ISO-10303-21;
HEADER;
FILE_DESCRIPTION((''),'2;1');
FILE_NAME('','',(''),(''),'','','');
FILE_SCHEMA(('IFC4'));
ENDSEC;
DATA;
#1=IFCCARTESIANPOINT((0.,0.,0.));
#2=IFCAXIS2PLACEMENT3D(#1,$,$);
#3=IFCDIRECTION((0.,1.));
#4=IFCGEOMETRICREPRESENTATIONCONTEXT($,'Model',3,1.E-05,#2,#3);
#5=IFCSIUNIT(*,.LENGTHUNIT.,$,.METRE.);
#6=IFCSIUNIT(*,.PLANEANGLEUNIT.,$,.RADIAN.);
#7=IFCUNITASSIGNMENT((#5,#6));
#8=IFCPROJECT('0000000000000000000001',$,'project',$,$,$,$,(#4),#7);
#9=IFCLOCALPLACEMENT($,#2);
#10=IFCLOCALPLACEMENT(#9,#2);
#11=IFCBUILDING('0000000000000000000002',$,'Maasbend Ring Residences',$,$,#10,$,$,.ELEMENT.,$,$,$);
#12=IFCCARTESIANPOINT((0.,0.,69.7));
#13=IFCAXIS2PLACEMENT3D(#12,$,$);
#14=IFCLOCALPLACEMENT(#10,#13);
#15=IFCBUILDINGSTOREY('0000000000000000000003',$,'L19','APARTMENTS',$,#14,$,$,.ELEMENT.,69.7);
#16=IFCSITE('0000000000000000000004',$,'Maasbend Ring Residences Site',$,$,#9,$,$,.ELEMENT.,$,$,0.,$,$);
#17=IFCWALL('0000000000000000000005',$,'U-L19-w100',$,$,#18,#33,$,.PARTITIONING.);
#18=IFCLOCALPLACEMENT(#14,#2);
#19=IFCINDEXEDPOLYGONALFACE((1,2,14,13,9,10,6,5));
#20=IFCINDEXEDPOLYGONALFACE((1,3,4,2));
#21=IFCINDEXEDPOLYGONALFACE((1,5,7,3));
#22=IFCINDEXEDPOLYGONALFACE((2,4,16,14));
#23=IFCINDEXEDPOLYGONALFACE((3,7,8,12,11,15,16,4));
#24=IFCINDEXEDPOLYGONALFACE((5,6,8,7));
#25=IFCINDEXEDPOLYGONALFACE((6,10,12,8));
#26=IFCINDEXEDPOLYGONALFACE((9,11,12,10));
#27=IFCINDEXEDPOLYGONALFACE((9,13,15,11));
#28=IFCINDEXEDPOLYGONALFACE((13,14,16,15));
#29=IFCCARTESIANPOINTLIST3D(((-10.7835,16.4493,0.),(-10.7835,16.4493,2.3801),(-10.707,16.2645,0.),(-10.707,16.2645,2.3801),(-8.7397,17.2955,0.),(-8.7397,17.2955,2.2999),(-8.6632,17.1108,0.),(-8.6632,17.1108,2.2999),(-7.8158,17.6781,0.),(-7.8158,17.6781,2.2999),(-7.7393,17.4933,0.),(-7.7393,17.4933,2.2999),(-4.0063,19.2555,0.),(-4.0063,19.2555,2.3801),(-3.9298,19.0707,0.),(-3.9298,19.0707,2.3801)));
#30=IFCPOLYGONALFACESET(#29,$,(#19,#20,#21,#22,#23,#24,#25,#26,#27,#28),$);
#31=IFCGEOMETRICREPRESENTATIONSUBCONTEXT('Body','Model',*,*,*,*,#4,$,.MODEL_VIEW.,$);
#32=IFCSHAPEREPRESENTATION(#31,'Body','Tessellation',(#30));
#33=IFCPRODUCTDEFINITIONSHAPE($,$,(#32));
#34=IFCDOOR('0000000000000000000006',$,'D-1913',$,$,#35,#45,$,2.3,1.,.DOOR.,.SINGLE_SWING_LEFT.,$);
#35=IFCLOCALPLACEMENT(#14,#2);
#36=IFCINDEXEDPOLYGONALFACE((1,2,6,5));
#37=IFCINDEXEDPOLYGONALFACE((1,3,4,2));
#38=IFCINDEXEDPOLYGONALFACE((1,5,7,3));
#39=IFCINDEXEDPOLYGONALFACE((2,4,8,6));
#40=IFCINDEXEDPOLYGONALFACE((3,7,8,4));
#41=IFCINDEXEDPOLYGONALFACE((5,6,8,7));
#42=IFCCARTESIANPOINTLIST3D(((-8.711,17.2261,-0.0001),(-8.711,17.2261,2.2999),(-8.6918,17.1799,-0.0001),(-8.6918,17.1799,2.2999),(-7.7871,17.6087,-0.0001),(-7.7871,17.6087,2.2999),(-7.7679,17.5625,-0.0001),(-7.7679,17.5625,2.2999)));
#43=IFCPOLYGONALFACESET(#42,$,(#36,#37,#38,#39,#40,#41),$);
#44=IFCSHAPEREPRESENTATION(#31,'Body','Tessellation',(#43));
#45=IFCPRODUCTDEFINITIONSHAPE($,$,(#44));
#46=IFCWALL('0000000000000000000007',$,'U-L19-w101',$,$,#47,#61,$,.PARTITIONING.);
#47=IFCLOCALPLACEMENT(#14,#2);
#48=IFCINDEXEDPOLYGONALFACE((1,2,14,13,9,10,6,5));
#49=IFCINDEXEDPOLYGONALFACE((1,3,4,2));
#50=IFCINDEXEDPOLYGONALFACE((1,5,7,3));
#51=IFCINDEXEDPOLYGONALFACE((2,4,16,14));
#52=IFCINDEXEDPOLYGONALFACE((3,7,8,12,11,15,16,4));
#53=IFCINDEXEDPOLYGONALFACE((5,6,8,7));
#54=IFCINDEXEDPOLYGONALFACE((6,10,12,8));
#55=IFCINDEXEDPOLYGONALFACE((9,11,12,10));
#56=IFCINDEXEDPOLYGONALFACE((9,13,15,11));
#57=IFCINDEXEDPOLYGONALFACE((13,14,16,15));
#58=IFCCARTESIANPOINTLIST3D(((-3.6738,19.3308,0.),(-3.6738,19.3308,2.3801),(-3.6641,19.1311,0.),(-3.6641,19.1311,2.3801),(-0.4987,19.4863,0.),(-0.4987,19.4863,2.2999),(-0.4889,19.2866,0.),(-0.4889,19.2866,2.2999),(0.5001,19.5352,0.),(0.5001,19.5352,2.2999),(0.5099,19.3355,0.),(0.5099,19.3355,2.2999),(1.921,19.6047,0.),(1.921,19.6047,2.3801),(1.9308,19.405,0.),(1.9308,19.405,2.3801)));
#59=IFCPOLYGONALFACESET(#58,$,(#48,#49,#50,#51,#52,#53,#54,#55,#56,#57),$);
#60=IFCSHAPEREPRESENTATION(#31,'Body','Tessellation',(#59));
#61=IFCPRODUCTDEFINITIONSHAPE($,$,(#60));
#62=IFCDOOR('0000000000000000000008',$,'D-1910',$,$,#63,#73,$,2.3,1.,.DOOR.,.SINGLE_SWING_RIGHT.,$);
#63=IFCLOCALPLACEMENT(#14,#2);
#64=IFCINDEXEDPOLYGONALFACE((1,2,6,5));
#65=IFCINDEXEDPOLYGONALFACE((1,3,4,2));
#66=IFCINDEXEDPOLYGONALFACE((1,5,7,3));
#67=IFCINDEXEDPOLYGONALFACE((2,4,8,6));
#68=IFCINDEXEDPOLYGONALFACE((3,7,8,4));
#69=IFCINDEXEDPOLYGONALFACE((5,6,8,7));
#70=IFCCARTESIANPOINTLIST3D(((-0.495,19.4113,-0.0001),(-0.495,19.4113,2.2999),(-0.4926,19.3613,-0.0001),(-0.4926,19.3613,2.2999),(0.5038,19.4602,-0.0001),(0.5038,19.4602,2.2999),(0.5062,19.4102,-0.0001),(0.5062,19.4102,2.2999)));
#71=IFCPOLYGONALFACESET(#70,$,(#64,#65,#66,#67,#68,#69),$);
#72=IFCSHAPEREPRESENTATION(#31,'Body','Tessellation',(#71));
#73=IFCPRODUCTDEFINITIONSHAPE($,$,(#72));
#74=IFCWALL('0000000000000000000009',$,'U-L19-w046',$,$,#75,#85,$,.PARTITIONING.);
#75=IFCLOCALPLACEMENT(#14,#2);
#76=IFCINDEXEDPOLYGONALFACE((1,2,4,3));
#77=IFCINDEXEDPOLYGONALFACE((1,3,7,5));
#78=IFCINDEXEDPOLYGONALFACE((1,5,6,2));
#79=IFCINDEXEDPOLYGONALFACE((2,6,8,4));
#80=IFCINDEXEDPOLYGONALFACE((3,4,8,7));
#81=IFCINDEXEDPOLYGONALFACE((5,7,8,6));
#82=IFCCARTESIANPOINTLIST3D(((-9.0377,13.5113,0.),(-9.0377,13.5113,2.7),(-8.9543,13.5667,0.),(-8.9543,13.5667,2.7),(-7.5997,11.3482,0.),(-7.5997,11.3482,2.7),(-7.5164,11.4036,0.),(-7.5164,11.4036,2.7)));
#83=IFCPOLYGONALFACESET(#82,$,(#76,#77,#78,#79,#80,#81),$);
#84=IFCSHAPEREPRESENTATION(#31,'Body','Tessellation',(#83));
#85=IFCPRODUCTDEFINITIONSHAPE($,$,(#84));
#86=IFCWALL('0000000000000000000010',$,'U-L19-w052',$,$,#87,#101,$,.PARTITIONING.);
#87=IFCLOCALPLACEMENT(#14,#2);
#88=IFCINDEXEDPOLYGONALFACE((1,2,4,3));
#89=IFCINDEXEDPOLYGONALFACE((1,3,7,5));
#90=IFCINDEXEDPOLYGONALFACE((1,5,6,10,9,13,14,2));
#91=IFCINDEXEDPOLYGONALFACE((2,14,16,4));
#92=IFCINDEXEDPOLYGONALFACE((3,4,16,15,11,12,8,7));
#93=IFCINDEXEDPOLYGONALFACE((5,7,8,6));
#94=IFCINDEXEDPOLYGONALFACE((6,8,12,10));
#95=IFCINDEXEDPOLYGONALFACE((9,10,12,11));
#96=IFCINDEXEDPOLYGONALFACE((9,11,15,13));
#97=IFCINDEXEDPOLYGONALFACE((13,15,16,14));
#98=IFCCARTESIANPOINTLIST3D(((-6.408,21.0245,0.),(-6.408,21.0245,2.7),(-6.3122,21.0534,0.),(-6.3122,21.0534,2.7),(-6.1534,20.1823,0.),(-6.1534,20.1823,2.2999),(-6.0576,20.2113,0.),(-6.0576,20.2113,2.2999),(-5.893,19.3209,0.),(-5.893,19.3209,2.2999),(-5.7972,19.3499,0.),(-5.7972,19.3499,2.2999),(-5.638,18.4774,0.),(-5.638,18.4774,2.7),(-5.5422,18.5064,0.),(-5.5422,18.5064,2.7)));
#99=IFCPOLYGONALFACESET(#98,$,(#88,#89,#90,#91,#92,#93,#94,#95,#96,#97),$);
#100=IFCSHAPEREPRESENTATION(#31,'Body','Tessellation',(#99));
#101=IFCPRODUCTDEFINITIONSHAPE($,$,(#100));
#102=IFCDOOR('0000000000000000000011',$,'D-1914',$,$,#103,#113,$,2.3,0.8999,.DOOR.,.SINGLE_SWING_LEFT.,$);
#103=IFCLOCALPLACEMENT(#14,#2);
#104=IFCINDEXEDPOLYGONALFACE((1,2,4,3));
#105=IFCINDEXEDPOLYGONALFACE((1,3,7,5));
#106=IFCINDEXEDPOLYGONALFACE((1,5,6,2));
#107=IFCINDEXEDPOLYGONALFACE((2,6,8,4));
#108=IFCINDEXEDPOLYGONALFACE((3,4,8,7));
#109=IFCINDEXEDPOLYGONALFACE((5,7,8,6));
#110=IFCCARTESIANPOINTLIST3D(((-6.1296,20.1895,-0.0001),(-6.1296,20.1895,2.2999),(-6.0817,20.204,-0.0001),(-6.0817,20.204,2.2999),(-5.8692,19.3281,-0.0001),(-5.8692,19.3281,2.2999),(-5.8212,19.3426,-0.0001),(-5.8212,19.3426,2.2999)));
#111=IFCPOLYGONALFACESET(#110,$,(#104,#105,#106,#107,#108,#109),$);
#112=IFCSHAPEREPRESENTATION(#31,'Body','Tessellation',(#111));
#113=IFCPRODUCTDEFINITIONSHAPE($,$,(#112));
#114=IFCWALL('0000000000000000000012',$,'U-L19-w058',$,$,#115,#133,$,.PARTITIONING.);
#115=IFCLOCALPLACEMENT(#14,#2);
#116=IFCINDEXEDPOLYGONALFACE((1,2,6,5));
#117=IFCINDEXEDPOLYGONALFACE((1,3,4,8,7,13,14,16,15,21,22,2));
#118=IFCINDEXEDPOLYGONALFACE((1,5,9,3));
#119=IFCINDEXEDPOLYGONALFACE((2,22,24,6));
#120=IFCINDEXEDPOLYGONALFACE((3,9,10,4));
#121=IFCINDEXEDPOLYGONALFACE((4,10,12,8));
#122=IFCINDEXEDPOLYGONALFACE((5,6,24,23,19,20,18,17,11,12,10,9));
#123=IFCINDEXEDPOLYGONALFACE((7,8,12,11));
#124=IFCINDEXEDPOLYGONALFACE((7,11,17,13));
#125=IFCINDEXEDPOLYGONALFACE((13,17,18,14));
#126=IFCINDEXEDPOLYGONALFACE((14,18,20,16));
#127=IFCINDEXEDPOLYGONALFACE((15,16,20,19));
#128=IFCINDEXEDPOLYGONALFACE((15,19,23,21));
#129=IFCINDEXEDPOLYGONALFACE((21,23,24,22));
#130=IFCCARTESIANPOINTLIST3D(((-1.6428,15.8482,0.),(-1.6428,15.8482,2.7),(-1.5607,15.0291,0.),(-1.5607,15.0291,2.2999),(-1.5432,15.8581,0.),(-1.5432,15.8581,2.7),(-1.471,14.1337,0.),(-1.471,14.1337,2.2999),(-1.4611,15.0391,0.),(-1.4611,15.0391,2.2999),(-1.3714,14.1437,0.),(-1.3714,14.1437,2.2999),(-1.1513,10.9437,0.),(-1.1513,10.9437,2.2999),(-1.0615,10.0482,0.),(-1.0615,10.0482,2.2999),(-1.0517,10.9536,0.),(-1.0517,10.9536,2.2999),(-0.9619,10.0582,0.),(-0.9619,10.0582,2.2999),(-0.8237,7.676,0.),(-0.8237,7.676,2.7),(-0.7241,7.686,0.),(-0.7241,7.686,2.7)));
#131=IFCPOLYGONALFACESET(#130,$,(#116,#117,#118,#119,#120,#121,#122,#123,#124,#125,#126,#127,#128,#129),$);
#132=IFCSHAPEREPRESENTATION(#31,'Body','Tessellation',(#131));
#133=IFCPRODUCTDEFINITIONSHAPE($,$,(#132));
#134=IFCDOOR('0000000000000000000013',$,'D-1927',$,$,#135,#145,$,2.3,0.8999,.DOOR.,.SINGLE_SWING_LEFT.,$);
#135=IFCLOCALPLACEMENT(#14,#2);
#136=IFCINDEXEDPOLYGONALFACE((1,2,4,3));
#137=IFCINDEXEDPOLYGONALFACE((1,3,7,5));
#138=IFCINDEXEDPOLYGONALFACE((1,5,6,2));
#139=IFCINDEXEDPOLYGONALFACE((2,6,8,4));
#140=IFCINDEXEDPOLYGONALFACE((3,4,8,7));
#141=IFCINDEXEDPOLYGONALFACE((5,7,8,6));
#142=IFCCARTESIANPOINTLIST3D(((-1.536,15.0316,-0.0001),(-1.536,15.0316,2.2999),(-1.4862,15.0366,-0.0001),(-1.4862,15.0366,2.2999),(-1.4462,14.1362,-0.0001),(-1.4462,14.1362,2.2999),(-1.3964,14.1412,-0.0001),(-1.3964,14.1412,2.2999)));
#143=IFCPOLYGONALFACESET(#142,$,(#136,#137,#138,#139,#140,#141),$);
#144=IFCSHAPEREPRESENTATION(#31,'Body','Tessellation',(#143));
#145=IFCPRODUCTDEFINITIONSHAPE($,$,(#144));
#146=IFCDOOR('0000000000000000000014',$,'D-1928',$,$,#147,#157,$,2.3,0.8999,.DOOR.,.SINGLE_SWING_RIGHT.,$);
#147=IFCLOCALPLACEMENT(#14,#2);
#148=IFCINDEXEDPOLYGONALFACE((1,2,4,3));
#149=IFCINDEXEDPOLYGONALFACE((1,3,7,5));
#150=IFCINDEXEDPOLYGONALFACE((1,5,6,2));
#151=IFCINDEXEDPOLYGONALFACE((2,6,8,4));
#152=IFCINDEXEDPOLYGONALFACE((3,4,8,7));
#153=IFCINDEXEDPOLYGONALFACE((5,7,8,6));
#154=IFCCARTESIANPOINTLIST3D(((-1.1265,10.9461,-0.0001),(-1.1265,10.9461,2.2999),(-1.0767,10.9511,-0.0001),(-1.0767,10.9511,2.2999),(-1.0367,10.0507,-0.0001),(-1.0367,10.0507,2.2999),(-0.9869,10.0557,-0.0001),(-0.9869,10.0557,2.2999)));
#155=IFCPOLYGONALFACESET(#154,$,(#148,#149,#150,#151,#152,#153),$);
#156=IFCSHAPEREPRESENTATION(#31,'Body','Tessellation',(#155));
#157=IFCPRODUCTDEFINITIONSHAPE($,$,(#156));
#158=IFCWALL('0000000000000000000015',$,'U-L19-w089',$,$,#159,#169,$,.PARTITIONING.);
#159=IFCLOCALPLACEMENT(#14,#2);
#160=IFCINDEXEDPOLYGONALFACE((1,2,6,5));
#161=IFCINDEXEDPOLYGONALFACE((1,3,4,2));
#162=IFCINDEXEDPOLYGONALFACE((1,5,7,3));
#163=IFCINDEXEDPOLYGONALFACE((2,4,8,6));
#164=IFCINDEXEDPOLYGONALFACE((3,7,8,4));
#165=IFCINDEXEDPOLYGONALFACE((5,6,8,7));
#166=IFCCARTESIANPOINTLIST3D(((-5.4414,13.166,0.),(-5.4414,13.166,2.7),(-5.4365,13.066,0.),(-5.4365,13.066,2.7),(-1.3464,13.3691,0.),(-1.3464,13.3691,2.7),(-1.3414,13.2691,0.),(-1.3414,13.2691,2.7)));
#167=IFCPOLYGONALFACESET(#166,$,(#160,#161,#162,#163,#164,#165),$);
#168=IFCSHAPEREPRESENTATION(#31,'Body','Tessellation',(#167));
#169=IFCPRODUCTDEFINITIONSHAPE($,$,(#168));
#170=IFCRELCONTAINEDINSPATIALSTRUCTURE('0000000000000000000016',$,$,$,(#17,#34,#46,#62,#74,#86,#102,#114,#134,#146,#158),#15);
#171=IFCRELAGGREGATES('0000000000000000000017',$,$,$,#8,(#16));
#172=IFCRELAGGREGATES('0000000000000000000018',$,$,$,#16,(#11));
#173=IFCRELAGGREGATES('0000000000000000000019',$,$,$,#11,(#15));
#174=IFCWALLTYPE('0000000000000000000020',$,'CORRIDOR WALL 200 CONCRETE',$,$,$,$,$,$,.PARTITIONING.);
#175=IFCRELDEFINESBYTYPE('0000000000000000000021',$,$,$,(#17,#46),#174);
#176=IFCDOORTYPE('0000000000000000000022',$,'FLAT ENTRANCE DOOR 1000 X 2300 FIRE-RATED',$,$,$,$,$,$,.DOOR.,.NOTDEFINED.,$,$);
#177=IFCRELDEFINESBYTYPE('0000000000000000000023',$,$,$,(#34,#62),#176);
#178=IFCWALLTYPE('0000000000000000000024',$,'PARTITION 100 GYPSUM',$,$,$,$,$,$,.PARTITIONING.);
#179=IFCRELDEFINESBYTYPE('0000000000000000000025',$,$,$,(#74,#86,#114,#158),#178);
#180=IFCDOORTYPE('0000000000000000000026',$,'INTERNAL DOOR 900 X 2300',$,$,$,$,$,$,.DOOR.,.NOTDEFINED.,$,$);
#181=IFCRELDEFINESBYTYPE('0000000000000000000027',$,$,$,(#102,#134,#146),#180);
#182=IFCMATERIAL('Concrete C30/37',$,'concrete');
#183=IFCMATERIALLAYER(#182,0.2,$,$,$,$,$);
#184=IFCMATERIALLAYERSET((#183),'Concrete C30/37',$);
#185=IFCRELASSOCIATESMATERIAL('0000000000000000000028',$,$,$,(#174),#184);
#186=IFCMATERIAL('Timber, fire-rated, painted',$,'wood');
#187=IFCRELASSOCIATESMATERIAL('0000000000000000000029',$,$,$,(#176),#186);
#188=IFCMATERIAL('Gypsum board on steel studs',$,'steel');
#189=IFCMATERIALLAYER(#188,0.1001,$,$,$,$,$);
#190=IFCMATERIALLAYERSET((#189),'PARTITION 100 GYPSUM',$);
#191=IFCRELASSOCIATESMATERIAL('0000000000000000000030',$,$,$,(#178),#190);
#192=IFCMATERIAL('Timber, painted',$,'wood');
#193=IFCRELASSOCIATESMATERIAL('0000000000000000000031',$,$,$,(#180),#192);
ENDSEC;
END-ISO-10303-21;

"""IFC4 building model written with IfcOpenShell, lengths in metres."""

from ifc_helpers import new_model, si_unit, direction, frame, frame_2d, origin, place, context, subcontext, project, spatial, rectangle, extrude, material, layer, layer_set, type_object, element, fill, save


model = new_model("IFC4")

# Units and contexts
model_context = context("Model", 3, precision=1e-05, world=origin(), true_north=direction((0.0, 1.0)))
body_context = subcontext(model_context, "Body", "Model", "MODEL_VIEW")
ifc_project = project(units=[si_unit("LENGTHUNIT", "METRE"), si_unit("PLANEANGLEUNIT", "RADIAN")], contexts=[model_context])

# Site, building, storey
site_placement = place(None, origin())
site = spatial("IfcSite", under=ifc_project, at=site_placement, Name="Maasbend Ring Residences Site", CompositionType="ELEMENT", RefElevation=0.0)
building_placement = place(site_placement, origin())
building = spatial("IfcBuilding", under=site, at=building_placement, Name="Maasbend Ring Residences", CompositionType="ELEMENT")
storey_placement = place(building_placement, frame((0.0, 0.0, 69.7)))
storey = spatial("IfcBuildingStorey", under=building, at=storey_placement, Name="L19", Description="APARTMENTS", CompositionType="ELEMENT", Elevation=69.7)

# Walls, openings, doors
ifc_material_1 = material(Name="Concrete C30/37", Category="concrete")
ifc_layer_1 = layer(ifc_material_1, 0.2)
ifc_layer_set_1 = layer_set([ifc_layer_1], Name="Concrete C30/37")
wall_type_1 = type_object("IfcWallType", Name="CORRIDOR WALL 200 CONCRETE", PredefinedType="PARTITIONING", material=ifc_layer_set_1)
ifc_material_2 = material(Name="Timber, fire-rated, painted", Category="wood")
door_type_1 = type_object("IfcDoorType", Name="FLAT ENTRANCE DOOR 1000 X 2300 FIRE-RATED", OperationType="NOTDEFINED", PredefinedType="DOOR", material=ifc_material_2)
wall_1_placement = place(storey_placement, frame((-10.7451, 16.3569, 0.0), z_axis=(0.0, 0.0, 1.0), x_axis=(0.923928, 0.382565, 0.0)))
wall_1 = element("IfcWall", 1, at=wall_1_placement, inside=storey, type_object=wall_type_1, Name="U-L19-w100", PredefinedType="PARTITIONING", context=body_context, shape_type="SweptSolid", body=[
    extrude(rectangle(XDim=7.3352, YDim=0.2, at=frame_2d((3.6675, 0.0))), origin(), (0.0, 0.0, 1.0), 2.3801),
])
opening_1_placement = place(wall_1_placement, frame((2.2119, 0.0, 0.0)))
opening_1 = element("IfcOpeningElement", 2, at=opening_1_placement, cuts=wall_1, PredefinedType="OPENING", context=body_context, shape_type="SweptSolid", body=[
    extrude(rectangle(XDim=1.0, YDim=2.3, at=frame_2d((0.5, 1.1499))), frame((0.0, 0.1099, 0.0), z_axis=(0.0, -1.0, 0.0), x_axis=(1.0, 0.0, 0.0)), (0.0, 0.0, 1.0), 0.22),
])
door_1_placement = place(opening_1_placement, origin())
door_1 = element("IfcDoor", 3, at=door_1_placement, inside=storey, type_object=door_type_1, Name="D-1913", OperationType="SINGLE_SWING_LEFT", OverallHeight=2.3, OverallWidth=1.0, PredefinedType="DOOR", context=body_context, shape_type="SweptSolid", body=[
    extrude(rectangle(XDim=1.0, YDim=2.3, at=frame_2d((0.5, 1.1499))), frame((0.0, 0.0249, 0.0), z_axis=(0.0, -1.0, 0.0), x_axis=(1.0, 0.0, 0.0)), (0.0, 0.0, 1.0), 0.05),
])
fill(opening_1, door_1)
wall_2_placement = place(storey_placement, frame((-3.6689, 19.231, 0.0), z_axis=(0.0, 0.0, 1.0), x_axis=(0.998804, 0.048901, 0.0)))
wall_2 = element("IfcWall", 4, at=wall_2_placement, inside=storey, type_object=wall_type_1, Name="U-L19-w101", PredefinedType="PARTITIONING", context=body_context, shape_type="SweptSolid", body=[
    extrude(rectangle(XDim=5.6016, YDim=0.2, at=frame_2d((2.8008, 0.0))), origin(), (0.0, 0.0, 1.0), 2.3801),
])
opening_2_placement = place(wall_2_placement, frame((3.179, 0.0, 0.0)))
opening_2 = element("IfcOpeningElement", 5, at=opening_2_placement, cuts=wall_2, PredefinedType="OPENING", context=body_context, shape_type="SweptSolid", body=[
    extrude(rectangle(XDim=1.0, YDim=2.3, at=frame_2d((0.5, 1.1499))), frame((0.0, 0.1099, 0.0), z_axis=(0.0, -1.0, 0.0), x_axis=(1.0, 0.0, 0.0)), (0.0, 0.0, 1.0), 0.22),
])
door_2_placement = place(opening_2_placement, origin())
door_2 = element("IfcDoor", 6, at=door_2_placement, inside=storey, type_object=door_type_1, Name="D-1910", OperationType="SINGLE_SWING_RIGHT", OverallHeight=2.3, OverallWidth=1.0, PredefinedType="DOOR", context=body_context, shape_type="SweptSolid", body=[
    extrude(rectangle(XDim=1.0, YDim=2.3, at=frame_2d((0.5, 1.1499))), frame((0.0, 0.0249, 0.0), z_axis=(0.0, -1.0, 0.0), x_axis=(1.0, 0.0, 0.0)), (0.0, 0.0, 1.0), 0.05),
])
fill(opening_2, door_2)

# Wall
ifc_material_3 = material(Name="Gypsum board on steel studs", Category="steel")
ifc_layer_2 = layer(ifc_material_3, 0.1001)
ifc_layer_set_2 = layer_set([ifc_layer_2], Name="PARTITION 100 GYPSUM")
wall_type_2 = type_object("IfcWallType", Name="PARTITION 100 GYPSUM", PredefinedType="PARTITIONING", material=ifc_layer_set_2)
wall_3_placement = place(storey_placement, frame((-8.9961, 13.5391, 0.0), z_axis=(0.0, 0.0, 1.0), x_axis=(0.553615, -0.832773, 0.0)))
element("IfcWall", 7, at=wall_3_placement, inside=storey, type_object=wall_type_2, Name="U-L19-w046", PredefinedType="PARTITIONING", context=body_context, shape_type="SweptSolid", body=[
    extrude(rectangle(XDim=2.5974, YDim=0.1001, at=frame_2d((1.2988, 0.0))), origin(), (0.0, 0.0, 1.0), 2.7),
])

# Wall, opening, door
wall_4_placement = place(storey_placement, frame((-6.3601, 21.0391, 0.0), z_axis=(0.0, 0.0, 1.0), x_axis=(0.289376, -0.957216, 0.0)))
wall_4 = element("IfcWall", 8, at=wall_4_placement, inside=storey, type_object=wall_type_2, Name="U-L19-w052", PredefinedType="PARTITIONING", context=body_context, shape_type="SweptSolid", body=[
    extrude(rectangle(XDim=2.6609, YDim=0.1001, at=frame_2d((1.3306, 0.0))), origin(), (0.0, 0.0, 1.0), 2.7),
])
opening_3_placement = place(wall_4_placement, frame((0.8799, 0.0, 0.0)))
opening_3 = element("IfcOpeningElement", 9, at=opening_3_placement, cuts=wall_4, PredefinedType="OPENING", context=body_context, shape_type="SweptSolid", body=[
    extrude(rectangle(XDim=0.8999, YDim=2.3, at=frame_2d((0.45, 1.1499))), frame((0.0, 0.0601, 0.0), z_axis=(0.0, -1.0, 0.0), x_axis=(1.0, 0.0, 0.0)), (0.0, 0.0, 1.0), 0.1201),
])
ifc_material_4 = material(Name="Timber, painted", Category="wood")
door_type_2 = type_object("IfcDoorType", Name="INTERNAL DOOR 900 X 2300", OperationType="NOTDEFINED", PredefinedType="DOOR", material=ifc_material_4)
door_3_placement = place(opening_3_placement, origin())
door_3 = element("IfcDoor", 10, at=door_3_placement, inside=storey, type_object=door_type_2, Name="D-1914", OperationType="SINGLE_SWING_LEFT", OverallHeight=2.3, OverallWidth=0.8999, PredefinedType="DOOR", context=body_context, shape_type="SweptSolid", body=[
    extrude(rectangle(XDim=0.8999, YDim=2.3, at=frame_2d((0.45, 1.1499))), frame((0.0, 0.0249, 0.0), z_axis=(0.0, -1.0, 0.0), x_axis=(1.0, 0.0, 0.0)), (0.0, 0.0, 1.0), 0.05),
])
fill(opening_3, door_3)

# Wall, openings, doors
wall_5_placement = place(storey_placement, frame((-1.593, 15.853, 0.0), z_axis=(0.0, 0.0, 1.0), x_axis=(0.09973, -0.995015, 0.0)))
wall_5 = element("IfcWall", 11, at=wall_5_placement, inside=storey, type_object=wall_type_2, Name="U-L19-w058", PredefinedType="PARTITIONING", context=body_context, shape_type="SweptSolid", body=[
    extrude(rectangle(XDim=8.2131, YDim=0.1001, at=frame_2d((4.1064, 0.0))), origin(), (0.0, 0.0, 1.0), 2.7),
])
opening_4_placement = place(wall_5_placement, frame((0.823, 0.0, 0.0)))
opening_4 = element("IfcOpeningElement", 12, at=opening_4_placement, cuts=wall_5, PredefinedType="OPENING", context=body_context, shape_type="SweptSolid", body=[
    extrude(rectangle(XDim=0.8999, YDim=2.3, at=frame_2d((0.45, 1.1499))), frame((0.0, 0.0601, 0.0), z_axis=(0.0, -1.0, 0.0), x_axis=(1.0, 0.0, 0.0)), (0.0, 0.0, 1.0), 0.1201),
])
opening_5_placement = place(wall_5_placement, frame((4.929, 0.0, 0.0)))
opening_5 = element("IfcOpeningElement", 13, at=opening_5_placement, cuts=wall_5, PredefinedType="OPENING", context=body_context, shape_type="SweptSolid", body=[
    extrude(rectangle(XDim=0.8999, YDim=2.3, at=frame_2d((0.45, 1.1499))), frame((0.0, 0.0601, 0.0), z_axis=(0.0, -1.0, 0.0), x_axis=(1.0, 0.0, 0.0)), (0.0, 0.0, 1.0), 0.1201),
])
door_4_placement = place(opening_4_placement, origin())
door_4 = element("IfcDoor", 14, at=door_4_placement, inside=storey, type_object=door_type_2, Name="D-1927", OperationType="SINGLE_SWING_LEFT", OverallHeight=2.3, OverallWidth=0.8999, PredefinedType="DOOR", context=body_context, shape_type="SweptSolid", body=[
    extrude(rectangle(XDim=0.8999, YDim=2.3, at=frame_2d((0.45, 1.1499))), frame((0.0, 0.0249, 0.0), z_axis=(0.0, -1.0, 0.0), x_axis=(1.0, 0.0, 0.0)), (0.0, 0.0, 1.0), 0.05),
])
fill(opening_4, door_4)
door_5_placement = place(opening_5_placement, origin())
door_5 = element("IfcDoor", 15, at=door_5_placement, inside=storey, type_object=door_type_2, Name="D-1928", OperationType="SINGLE_SWING_RIGHT", OverallHeight=2.3, OverallWidth=0.8999, PredefinedType="DOOR", context=body_context, shape_type="SweptSolid", body=[
    extrude(rectangle(XDim=0.8999, YDim=2.3, at=frame_2d((0.45, 1.1499))), frame((0.0, 0.0249, 0.0), z_axis=(0.0, -1.0, 0.0), x_axis=(1.0, 0.0, 0.0)), (0.0, 0.0, 1.0), 0.05),
])
fill(opening_5, door_5)

# Wall
wall_6_placement = place(storey_placement, frame((-5.439, 13.116, 0.0), z_axis=(0.0, 0.0, 1.0), x_axis=(0.998772, 0.049543, 0.0)))
element("IfcWall", 16, at=wall_6_placement, inside=storey, type_object=wall_type_2, Name="U-L19-w089", PredefinedType="PARTITIONING", context=body_context, shape_type="SweptSolid", body=[
    extrude(rectangle(XDim=4.1001, YDim=0.1001, at=frame_2d((2.05, 0.0))), origin(), (0.0, 0.0, 1.0), 2.7),
])

save(model, "model.ifc")
